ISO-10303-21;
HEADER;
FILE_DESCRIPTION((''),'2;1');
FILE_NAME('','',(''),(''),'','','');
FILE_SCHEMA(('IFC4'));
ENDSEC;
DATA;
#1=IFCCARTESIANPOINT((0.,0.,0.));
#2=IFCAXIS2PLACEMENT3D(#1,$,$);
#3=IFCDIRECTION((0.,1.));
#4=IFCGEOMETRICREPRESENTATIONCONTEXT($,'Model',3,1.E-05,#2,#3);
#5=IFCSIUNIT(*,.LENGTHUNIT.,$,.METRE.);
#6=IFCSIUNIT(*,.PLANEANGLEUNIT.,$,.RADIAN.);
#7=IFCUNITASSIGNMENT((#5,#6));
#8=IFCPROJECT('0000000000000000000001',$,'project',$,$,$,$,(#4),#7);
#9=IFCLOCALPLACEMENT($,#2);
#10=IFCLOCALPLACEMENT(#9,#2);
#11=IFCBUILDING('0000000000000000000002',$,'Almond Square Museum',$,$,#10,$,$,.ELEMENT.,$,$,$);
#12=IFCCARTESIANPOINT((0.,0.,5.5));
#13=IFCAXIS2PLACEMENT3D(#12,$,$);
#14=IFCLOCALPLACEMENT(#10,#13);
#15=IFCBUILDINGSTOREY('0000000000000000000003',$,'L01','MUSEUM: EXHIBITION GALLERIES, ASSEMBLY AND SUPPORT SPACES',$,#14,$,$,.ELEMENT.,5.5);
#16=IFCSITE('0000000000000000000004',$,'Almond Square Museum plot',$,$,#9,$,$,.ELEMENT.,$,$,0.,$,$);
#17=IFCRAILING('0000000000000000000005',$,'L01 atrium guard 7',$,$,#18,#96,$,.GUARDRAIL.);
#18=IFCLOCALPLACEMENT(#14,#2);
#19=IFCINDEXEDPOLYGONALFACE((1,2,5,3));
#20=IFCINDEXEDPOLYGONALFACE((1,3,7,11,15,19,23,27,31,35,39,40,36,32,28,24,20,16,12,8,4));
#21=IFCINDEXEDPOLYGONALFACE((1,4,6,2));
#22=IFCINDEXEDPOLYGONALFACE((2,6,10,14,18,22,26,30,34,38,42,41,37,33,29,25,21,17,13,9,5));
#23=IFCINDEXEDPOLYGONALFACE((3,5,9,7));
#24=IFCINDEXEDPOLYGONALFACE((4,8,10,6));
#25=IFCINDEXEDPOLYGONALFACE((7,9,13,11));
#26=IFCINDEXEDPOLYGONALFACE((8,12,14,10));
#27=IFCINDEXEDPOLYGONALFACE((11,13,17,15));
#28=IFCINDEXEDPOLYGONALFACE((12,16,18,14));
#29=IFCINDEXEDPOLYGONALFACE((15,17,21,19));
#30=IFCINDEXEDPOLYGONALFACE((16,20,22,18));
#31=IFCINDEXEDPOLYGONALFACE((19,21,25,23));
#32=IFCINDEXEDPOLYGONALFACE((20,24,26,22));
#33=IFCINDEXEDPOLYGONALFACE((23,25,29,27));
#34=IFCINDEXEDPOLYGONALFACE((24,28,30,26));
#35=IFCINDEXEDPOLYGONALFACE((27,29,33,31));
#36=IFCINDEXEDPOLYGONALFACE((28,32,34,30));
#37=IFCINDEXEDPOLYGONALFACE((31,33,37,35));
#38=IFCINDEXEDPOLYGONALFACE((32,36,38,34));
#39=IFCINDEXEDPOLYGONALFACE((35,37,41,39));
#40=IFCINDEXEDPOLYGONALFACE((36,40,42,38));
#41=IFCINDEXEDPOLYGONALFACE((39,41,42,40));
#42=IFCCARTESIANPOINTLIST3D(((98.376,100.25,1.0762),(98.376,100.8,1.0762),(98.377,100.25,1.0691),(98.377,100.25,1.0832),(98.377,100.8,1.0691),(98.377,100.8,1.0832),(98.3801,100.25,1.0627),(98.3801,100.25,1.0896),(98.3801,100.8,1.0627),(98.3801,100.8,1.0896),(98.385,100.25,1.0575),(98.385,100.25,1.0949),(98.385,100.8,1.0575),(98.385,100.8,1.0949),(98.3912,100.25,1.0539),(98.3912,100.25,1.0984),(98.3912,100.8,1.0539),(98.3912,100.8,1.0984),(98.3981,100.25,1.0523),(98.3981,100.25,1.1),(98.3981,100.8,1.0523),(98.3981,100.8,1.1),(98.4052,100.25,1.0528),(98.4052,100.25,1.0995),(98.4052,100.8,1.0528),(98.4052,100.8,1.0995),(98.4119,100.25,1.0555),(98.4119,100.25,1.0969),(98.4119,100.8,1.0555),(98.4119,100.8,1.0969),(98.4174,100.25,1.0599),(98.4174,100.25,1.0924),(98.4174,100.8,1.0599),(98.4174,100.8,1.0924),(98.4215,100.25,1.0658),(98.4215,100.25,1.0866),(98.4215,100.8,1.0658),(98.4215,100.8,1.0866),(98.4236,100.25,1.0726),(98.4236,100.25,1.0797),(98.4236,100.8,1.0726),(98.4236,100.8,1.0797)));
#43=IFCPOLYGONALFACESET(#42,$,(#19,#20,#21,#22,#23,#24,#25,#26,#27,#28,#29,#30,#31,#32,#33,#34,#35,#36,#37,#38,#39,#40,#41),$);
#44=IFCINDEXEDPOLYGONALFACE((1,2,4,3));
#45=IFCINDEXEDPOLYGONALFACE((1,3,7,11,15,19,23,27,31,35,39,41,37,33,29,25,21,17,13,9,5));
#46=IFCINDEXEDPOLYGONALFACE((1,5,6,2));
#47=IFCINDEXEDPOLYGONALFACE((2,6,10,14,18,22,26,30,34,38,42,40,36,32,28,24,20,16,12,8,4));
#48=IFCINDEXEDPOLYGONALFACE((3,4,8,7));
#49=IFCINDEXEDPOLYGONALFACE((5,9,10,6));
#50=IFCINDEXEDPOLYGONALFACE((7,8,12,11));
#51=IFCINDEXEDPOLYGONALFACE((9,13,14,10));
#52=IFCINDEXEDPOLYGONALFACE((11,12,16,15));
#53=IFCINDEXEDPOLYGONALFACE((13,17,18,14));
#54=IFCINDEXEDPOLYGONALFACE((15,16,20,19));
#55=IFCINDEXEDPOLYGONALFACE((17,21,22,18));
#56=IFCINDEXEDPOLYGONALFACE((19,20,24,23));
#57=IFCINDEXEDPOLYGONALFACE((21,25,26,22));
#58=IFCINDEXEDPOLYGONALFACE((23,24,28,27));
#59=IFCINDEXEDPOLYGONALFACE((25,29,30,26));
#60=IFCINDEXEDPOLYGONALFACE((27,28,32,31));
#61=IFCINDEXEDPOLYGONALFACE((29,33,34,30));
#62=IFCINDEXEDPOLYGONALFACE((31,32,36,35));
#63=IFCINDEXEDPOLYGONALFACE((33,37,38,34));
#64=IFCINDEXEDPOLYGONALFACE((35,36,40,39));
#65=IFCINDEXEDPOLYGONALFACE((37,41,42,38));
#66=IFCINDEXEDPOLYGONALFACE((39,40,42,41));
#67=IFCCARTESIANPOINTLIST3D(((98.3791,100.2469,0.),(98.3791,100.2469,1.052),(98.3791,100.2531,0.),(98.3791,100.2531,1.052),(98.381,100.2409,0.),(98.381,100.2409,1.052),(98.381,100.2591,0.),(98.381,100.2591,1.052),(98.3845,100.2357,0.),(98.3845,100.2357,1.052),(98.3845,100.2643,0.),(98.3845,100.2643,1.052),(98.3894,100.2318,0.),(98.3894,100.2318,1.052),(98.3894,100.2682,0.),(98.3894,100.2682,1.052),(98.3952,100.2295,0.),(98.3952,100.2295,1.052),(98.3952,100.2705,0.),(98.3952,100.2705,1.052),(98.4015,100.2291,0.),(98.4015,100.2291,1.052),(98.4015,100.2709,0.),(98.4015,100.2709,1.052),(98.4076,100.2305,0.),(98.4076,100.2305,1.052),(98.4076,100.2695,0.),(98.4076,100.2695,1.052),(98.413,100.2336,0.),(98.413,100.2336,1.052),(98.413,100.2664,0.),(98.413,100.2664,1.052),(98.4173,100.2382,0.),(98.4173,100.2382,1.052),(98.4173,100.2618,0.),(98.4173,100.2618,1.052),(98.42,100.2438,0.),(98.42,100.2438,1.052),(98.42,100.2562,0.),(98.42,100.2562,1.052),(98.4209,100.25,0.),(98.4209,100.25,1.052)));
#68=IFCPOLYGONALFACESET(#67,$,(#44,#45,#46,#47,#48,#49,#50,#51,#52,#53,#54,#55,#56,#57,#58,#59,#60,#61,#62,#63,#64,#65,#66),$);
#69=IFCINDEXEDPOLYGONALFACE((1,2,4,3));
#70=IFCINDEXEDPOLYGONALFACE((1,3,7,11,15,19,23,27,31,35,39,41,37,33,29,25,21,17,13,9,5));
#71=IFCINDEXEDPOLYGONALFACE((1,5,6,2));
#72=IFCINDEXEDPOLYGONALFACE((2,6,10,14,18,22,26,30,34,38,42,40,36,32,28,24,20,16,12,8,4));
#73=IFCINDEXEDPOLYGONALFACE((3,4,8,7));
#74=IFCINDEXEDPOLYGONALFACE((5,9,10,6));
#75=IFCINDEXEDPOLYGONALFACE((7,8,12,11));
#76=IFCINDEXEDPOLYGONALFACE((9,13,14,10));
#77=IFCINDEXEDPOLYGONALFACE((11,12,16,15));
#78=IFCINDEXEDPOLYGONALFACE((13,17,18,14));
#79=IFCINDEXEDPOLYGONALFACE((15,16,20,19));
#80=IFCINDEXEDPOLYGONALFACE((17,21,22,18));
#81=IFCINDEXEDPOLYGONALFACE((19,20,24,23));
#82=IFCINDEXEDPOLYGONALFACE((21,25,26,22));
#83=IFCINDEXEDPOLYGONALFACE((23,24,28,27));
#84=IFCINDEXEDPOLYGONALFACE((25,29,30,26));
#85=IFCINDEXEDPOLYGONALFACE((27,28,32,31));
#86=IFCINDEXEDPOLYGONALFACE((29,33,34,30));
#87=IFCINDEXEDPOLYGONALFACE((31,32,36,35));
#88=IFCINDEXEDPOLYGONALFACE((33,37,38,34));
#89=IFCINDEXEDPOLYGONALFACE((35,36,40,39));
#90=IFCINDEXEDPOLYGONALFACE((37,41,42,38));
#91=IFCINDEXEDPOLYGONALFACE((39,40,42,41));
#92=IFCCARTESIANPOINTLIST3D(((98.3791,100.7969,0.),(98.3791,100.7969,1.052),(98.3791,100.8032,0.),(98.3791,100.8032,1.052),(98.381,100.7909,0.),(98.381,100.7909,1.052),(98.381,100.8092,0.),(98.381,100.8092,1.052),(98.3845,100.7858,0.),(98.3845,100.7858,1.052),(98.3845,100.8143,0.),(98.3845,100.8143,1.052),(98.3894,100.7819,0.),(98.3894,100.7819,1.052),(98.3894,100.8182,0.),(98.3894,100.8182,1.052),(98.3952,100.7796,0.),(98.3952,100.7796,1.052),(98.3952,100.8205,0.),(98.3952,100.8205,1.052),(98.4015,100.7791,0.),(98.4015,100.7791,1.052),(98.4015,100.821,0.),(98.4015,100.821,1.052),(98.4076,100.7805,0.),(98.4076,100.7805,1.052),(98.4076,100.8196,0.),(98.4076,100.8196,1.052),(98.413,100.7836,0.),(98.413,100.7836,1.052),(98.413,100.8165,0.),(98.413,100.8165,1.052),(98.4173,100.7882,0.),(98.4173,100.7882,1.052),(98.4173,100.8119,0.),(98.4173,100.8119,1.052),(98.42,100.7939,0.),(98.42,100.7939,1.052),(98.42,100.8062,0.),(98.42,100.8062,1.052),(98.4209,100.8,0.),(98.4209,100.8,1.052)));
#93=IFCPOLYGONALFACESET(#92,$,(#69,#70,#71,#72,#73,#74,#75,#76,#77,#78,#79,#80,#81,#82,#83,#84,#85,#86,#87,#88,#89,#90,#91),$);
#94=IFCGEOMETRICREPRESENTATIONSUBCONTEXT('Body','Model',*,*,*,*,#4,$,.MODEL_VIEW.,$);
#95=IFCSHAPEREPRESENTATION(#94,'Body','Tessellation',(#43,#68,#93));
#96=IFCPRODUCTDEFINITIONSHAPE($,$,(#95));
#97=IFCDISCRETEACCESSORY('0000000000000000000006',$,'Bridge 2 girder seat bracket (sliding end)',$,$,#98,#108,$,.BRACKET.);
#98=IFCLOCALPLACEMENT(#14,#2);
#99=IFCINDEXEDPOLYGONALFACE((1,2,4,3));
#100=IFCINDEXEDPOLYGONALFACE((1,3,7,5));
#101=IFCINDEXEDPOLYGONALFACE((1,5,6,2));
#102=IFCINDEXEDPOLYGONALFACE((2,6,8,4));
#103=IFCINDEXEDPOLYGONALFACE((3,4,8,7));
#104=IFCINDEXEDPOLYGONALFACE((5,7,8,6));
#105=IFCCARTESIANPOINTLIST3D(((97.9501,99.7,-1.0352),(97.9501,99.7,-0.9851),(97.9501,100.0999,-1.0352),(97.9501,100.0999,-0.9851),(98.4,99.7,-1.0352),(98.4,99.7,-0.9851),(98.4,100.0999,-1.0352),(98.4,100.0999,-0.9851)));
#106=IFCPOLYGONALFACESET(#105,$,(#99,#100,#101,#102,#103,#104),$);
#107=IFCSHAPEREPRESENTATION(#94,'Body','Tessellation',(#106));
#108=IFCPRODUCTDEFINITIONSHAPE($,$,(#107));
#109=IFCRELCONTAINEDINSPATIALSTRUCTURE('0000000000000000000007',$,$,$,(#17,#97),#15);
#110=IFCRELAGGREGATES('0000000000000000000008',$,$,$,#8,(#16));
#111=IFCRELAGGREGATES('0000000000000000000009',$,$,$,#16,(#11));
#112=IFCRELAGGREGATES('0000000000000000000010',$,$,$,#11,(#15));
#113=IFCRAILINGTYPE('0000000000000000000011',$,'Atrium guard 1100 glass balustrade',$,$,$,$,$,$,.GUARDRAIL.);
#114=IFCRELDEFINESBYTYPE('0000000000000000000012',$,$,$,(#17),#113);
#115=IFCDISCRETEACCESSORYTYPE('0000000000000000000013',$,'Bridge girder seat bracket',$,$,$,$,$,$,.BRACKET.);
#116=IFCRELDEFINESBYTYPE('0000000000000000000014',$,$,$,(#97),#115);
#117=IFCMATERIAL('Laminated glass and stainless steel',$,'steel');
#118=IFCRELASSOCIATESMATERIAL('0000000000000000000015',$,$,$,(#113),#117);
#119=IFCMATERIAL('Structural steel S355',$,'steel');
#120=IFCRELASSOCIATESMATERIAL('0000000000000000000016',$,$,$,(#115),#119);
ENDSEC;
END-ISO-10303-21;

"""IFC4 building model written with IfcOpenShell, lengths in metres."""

from ifc_helpers import new_model, si_unit, direction, frame, origin, origin_2d, place, context, subcontext, project, spatial, rectangle, circle, extrude, material, type_object, element, save


model = new_model("IFC4")

# Units and contexts
model_context = context("Model", 3, precision=1e-05, world=origin(), true_north=direction((0.0, 1.0)))
body_context = subcontext(model_context, "Body", "Model", "MODEL_VIEW")
ifc_project = project(units=[si_unit("LENGTHUNIT", "METRE"), si_unit("PLANEANGLEUNIT", "RADIAN")], contexts=[model_context])

# Site, building, storey
site_placement = place(None, origin())
site = spatial("IfcSite", under=ifc_project, at=site_placement, Name="Almond Square Museum plot", CompositionType="ELEMENT", RefElevation=0.0)
building_placement = place(site_placement, origin())
building = spatial("IfcBuilding", under=site, at=building_placement, Name="Almond Square Museum", CompositionType="ELEMENT")
storey_placement = place(building_placement, frame((0.0, 0.0, 5.5)))
storey = spatial("IfcBuildingStorey", under=building, at=storey_placement, Name="L01", Description="MUSEUM: EXHIBITION GALLERIES, ASSEMBLY AND SUPPORT SPACES", CompositionType="ELEMENT", Elevation=5.5)

# Railing
ifc_material_1 = material(Name="Laminated glass and stainless steel", Category="steel")
railing_type = type_object("IfcRailingType", Name="Atrium guard 1100 glass balustrade", PredefinedType="GUARDRAIL", material=ifc_material_1)
railing_placement = place(storey_placement, frame((98.3999, 100.25, 0.0)))
element("IfcRailing", 1, at=railing_placement, inside=storey, type_object=railing_type, Name="L01 atrium guard 7", PredefinedType="GUARDRAIL", context=body_context, shape_type="SweptSolid", body=[
    extrude(circle(Radius=0.0239, at=origin_2d()), frame((0.0, 0.0, 1.0762), z_axis=(0.0, 1.0, 0.0), x_axis=(-1.0, 0.0, 0.0)), (0.0, 0.0, 1.0), 0.55),
    extrude(circle(Radius=0.021, at=origin_2d()), origin(), (0.0, 0.0, 1.0), 1.052),
    extrude(circle(Radius=0.021, at=origin_2d()), frame((0.0, 0.55, 0.0)), (0.0, 0.0, 1.0), 1.052),
])

# Discrete accessory
ifc_material_2 = material(Name="Structural steel S355", Category="steel")
discrete_accessory_type = type_object("IfcDiscreteAccessoryType", Name="Bridge girder seat bracket", PredefinedType="BRACKET", material=ifc_material_2)
discrete_accessory_placement = place(storey_placement, frame((98.175, 99.8999, -1.0352), z_axis=(0.0, 0.0, 1.0), x_axis=(1.0, 0.0, 0.0)))
element("IfcDiscreteAccessory", 2, at=discrete_accessory_placement, inside=storey, type_object=discrete_accessory_type, Name="Bridge 2 girder seat bracket (sliding end)", PredefinedType="BRACKET", context=body_context, shape_type="SweptSolid", body=[
    extrude(rectangle(XDim=0.45, YDim=0.3999, at=origin_2d()), origin(), (0.0, 0.0, 1.0), 0.05),
])

save(model, "model.ifc")
